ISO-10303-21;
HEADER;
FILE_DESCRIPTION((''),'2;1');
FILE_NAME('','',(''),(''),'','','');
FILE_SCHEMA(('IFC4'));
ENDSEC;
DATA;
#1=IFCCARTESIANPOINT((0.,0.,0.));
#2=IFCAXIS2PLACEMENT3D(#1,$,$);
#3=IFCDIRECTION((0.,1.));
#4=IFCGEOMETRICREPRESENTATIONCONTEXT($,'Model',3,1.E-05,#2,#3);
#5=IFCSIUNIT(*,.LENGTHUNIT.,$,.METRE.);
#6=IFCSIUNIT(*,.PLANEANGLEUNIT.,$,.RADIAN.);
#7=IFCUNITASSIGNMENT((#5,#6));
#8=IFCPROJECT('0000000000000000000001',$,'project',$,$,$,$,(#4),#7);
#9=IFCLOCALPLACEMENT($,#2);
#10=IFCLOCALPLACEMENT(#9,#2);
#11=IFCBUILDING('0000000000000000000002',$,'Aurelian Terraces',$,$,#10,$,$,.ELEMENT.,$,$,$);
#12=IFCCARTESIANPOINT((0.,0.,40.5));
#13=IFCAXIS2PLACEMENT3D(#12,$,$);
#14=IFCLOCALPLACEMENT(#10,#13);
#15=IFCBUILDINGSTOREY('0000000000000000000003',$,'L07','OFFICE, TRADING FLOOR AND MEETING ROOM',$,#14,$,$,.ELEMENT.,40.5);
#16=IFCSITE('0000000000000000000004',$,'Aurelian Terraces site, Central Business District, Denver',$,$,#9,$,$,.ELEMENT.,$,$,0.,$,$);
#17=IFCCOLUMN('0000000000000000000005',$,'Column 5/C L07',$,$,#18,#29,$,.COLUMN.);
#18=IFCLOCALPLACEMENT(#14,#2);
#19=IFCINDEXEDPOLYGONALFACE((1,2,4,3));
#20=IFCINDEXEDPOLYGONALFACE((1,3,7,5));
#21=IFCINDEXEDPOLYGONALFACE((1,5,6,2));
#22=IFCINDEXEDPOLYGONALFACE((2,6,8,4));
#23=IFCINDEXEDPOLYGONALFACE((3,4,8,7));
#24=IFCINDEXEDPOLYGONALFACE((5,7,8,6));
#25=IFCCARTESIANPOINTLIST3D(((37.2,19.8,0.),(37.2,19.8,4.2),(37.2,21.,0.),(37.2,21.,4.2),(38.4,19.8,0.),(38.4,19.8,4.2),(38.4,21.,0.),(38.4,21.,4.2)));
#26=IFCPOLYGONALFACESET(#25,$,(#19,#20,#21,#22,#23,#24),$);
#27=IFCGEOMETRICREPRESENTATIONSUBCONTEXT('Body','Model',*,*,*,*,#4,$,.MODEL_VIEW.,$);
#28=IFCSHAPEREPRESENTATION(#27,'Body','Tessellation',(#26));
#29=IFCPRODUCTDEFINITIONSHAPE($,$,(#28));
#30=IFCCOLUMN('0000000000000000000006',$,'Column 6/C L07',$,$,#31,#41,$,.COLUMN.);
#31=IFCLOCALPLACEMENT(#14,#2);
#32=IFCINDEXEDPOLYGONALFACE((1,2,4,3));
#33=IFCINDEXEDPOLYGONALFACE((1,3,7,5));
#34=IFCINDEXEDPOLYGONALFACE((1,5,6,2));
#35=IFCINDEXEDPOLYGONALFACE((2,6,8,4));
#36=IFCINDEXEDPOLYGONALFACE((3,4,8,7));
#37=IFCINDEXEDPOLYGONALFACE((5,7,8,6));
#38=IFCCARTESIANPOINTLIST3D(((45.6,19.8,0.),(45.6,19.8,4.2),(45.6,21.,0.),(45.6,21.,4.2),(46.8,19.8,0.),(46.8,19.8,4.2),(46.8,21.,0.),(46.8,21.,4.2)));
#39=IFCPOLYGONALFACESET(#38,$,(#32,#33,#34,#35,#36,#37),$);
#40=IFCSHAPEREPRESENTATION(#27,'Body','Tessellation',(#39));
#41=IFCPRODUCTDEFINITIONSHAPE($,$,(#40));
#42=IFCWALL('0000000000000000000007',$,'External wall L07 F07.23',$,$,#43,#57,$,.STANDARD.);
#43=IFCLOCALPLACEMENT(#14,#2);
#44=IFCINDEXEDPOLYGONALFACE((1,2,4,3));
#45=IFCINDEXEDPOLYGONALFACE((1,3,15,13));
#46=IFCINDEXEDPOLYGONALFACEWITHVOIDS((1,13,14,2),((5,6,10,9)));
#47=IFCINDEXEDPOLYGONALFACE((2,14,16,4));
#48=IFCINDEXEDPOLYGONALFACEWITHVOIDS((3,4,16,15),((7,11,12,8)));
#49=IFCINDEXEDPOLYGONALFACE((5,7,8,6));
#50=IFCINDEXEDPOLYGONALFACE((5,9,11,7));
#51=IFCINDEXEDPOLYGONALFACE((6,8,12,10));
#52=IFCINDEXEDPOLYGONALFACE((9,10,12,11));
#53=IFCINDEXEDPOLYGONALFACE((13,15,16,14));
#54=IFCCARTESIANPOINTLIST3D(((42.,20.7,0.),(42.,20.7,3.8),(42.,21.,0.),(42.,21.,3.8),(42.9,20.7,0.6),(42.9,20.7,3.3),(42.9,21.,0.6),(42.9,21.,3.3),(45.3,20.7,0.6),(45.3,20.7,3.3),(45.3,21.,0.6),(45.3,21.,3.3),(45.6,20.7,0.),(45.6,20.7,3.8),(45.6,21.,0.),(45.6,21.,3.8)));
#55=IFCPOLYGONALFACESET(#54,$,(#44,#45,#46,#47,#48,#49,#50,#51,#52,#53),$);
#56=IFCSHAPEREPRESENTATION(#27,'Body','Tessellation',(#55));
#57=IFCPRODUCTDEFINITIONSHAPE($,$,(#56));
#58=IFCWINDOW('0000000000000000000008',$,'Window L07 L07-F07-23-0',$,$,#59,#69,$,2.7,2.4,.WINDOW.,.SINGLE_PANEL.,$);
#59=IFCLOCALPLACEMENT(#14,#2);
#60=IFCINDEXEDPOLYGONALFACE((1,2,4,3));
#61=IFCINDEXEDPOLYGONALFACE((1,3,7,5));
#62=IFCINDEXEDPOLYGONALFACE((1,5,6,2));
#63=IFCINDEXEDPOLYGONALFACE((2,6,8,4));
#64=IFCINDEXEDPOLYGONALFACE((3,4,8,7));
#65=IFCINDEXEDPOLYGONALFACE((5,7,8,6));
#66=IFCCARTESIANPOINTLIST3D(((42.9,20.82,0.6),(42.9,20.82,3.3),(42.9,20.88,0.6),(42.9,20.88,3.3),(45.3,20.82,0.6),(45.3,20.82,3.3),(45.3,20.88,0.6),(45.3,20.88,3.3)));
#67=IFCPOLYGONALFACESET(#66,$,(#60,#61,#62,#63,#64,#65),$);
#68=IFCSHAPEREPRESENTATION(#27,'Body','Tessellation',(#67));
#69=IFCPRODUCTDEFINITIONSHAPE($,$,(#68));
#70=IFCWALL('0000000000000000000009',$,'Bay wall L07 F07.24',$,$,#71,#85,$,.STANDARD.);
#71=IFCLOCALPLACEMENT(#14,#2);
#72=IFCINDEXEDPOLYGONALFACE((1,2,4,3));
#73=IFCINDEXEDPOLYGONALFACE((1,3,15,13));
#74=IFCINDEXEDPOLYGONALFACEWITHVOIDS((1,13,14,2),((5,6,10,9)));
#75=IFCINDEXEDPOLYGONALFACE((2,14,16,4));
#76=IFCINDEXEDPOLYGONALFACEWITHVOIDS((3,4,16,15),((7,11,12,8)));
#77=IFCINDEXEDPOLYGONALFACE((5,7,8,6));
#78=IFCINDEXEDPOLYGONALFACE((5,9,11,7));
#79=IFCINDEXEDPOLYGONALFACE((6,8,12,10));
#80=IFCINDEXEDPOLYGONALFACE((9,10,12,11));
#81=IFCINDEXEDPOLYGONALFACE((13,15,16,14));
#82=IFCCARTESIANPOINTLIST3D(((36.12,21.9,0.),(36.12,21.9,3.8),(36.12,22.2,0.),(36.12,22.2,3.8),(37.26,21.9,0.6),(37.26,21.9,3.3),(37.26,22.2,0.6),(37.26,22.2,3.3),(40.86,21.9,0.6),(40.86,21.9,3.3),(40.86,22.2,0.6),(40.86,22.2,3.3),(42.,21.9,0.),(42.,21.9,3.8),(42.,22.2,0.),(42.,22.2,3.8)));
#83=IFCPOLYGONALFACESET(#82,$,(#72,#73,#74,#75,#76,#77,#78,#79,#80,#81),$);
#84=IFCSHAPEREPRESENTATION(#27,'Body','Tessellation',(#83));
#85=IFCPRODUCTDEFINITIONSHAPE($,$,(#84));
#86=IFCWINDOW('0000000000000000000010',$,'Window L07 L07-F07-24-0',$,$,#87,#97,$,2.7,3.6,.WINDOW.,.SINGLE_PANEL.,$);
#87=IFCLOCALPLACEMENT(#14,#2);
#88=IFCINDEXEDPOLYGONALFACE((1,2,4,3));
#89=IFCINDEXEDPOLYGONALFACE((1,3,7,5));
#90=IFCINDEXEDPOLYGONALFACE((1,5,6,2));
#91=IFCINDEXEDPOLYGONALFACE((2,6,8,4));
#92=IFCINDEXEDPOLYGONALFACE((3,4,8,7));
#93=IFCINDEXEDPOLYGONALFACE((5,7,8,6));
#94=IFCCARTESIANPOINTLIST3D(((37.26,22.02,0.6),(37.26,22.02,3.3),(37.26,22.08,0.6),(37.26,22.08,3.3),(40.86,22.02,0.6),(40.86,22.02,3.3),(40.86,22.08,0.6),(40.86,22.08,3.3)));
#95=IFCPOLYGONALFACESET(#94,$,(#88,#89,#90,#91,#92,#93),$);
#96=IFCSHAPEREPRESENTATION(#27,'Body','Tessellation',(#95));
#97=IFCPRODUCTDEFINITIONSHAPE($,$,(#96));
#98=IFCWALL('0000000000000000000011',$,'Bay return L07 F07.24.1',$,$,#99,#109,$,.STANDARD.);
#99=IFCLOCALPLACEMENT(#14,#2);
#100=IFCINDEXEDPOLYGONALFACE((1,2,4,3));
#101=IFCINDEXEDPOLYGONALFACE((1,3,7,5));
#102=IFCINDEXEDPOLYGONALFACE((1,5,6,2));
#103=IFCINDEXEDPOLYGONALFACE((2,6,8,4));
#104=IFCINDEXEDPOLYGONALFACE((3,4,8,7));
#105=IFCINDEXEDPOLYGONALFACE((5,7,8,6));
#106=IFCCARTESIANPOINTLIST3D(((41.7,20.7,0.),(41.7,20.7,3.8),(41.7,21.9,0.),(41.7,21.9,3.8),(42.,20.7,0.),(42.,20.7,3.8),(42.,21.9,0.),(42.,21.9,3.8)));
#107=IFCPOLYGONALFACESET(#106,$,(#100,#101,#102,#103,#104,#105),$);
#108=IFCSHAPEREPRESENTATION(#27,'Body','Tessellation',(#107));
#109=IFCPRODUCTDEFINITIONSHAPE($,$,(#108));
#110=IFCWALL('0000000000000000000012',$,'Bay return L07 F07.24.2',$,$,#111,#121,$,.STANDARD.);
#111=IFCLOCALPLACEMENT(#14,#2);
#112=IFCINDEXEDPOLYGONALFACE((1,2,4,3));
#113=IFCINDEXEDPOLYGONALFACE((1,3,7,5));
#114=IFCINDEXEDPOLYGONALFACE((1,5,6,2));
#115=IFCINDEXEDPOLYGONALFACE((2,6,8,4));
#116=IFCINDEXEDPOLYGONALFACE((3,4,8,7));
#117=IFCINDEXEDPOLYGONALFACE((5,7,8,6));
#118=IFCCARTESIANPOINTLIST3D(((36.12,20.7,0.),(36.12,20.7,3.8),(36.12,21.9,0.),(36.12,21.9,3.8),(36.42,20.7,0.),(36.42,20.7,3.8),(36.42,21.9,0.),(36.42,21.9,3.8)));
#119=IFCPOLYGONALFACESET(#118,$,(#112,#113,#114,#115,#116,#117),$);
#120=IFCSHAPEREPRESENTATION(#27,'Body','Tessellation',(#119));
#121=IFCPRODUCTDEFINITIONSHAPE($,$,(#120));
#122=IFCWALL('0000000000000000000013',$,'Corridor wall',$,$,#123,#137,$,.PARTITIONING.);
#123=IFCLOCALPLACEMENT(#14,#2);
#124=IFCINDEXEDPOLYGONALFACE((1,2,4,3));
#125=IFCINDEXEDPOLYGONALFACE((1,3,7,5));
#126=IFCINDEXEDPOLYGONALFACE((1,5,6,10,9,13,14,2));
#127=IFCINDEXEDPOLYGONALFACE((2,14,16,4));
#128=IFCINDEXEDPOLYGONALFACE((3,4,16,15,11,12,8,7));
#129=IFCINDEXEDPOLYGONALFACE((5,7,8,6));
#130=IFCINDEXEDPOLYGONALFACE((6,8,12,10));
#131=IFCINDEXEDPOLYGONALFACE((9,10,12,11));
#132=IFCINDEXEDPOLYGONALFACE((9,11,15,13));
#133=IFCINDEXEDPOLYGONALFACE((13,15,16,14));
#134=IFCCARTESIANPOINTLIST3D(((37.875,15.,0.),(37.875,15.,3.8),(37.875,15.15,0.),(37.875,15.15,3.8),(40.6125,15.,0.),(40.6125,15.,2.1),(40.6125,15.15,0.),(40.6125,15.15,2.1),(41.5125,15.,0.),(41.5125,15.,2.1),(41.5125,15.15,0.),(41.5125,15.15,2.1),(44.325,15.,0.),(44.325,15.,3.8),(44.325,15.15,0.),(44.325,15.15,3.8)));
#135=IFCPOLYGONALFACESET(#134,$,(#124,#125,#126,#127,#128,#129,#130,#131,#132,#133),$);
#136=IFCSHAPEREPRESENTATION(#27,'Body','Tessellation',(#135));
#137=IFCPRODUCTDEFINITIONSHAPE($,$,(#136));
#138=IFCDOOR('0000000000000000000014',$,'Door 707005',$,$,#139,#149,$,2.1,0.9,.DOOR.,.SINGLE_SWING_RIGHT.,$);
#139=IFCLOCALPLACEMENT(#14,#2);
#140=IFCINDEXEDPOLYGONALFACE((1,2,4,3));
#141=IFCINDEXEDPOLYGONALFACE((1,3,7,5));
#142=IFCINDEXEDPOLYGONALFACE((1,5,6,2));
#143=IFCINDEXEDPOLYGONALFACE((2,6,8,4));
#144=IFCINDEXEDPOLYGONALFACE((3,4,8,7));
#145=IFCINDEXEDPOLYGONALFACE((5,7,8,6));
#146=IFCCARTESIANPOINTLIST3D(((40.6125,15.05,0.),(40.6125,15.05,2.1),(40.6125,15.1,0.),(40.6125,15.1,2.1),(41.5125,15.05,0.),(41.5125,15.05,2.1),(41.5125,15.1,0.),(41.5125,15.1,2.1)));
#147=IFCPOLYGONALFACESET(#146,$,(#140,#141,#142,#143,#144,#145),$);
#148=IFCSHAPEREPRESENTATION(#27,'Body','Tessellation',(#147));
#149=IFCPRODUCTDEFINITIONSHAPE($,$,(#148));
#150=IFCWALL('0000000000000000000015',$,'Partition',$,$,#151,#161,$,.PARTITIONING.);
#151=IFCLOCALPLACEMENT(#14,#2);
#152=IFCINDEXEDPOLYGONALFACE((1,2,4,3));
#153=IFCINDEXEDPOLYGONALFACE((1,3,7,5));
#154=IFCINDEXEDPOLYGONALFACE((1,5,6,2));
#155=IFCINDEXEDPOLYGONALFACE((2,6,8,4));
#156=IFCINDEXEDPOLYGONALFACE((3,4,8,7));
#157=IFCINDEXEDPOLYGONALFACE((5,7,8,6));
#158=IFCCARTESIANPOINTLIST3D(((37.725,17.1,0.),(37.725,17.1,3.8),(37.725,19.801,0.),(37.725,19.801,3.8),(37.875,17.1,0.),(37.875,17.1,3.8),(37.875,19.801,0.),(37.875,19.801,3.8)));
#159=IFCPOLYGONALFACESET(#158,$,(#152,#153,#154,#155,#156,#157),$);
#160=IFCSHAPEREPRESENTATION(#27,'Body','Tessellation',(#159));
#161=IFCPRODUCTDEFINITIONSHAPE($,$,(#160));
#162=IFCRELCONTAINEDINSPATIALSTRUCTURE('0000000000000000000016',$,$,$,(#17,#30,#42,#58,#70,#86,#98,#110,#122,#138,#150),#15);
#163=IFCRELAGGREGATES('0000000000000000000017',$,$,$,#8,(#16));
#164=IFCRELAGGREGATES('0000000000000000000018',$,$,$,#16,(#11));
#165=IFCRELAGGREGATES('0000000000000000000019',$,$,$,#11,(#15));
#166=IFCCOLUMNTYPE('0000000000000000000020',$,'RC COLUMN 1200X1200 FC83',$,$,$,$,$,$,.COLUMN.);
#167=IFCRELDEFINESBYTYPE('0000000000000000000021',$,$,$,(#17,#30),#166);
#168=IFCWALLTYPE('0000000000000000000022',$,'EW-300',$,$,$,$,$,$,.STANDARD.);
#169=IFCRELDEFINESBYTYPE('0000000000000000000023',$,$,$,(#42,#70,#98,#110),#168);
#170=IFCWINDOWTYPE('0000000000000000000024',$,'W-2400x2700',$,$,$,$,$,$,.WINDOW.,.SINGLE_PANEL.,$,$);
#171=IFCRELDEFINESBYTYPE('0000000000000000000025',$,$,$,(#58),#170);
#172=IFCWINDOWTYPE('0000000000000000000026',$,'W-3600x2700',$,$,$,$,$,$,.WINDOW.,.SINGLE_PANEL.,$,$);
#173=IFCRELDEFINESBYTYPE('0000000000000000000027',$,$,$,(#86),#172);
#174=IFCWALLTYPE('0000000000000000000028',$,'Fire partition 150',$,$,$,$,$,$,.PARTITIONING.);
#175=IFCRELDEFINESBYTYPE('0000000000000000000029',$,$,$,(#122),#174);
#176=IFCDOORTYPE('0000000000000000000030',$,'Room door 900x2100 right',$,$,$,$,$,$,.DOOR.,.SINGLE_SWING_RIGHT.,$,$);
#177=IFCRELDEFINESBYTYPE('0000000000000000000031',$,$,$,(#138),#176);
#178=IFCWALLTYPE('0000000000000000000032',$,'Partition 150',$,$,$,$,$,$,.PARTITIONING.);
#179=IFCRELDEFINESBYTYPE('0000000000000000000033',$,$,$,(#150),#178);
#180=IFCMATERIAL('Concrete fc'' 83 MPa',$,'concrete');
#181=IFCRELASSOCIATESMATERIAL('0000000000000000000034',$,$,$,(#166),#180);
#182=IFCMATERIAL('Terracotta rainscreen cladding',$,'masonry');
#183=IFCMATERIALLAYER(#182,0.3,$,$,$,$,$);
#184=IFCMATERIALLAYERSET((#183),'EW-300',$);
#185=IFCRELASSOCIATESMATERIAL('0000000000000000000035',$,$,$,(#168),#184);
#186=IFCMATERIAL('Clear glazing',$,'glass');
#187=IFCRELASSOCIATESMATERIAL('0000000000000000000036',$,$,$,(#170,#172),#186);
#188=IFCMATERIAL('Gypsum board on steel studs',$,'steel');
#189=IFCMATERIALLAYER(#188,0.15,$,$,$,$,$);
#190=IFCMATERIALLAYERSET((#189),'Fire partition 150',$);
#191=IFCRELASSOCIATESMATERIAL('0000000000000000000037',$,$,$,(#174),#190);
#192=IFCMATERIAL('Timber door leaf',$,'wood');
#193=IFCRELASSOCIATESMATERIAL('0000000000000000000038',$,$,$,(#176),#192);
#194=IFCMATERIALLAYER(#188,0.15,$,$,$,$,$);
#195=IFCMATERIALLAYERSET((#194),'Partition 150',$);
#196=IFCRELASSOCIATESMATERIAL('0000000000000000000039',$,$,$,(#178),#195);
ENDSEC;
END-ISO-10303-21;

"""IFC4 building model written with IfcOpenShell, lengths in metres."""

from ifc_helpers import new_model, si_unit, direction, frame, frame_2d, origin, origin_2d, place, context, subcontext, project, spatial, rectangle, extrude, source, transform, mapped, material, layer, layer_set, material_profile, profile_set, type_object, element, fill, save


model = new_model("IFC4")

# Units and contexts
model_context = context("Model", 3, precision=1e-05, world=origin(), true_north=direction((0.0, 1.0)))
body_context = subcontext(model_context, "Body", "Model", "MODEL_VIEW")
ifc_project = project(units=[si_unit("LENGTHUNIT", "METRE"), si_unit("PLANEANGLEUNIT", "RADIAN")], contexts=[model_context])

# Site, building, storey
site_placement = place(None, origin())
site = spatial("IfcSite", under=ifc_project, at=site_placement, Name="Aurelian Terraces site, Central Business District, Denver", CompositionType="ELEMENT", RefElevation=0.0)
building_placement = place(site_placement, origin())
building = spatial("IfcBuilding", under=site, at=building_placement, Name="Aurelian Terraces", CompositionType="ELEMENT")
storey_placement = place(building_placement, frame((0.0, 0.0, 40.5)))
storey = spatial("IfcBuildingStorey", under=building, at=storey_placement, Name="L07", Description="OFFICE, TRADING FLOOR AND MEETING ROOM", CompositionType="ELEMENT", Elevation=40.5)

# Columns
ifc_material_1 = material(Name="Concrete fc' 83 MPa", Category="concrete")
ifc_material_profile = material_profile(ifc_material_1, rectangle(XDim=1.2, YDim=1.2, at=origin_2d()))
ifc_profile_set = profile_set([ifc_material_profile], Name="Concrete fc' 83 MPa")
column_type = type_object("IfcColumnType", Name="RC COLUMN 1200X1200 FC83", PredefinedType="COLUMN", material=ifc_profile_set)
shared_shape_1 = source(origin(), body_context, "Body", "SweptSolid", [
    extrude(rectangle(XDim=1.2, YDim=1.2, at=origin_2d()), origin(), (0.0, 0.0, 1.0), 4.2),
])
for number, where, z_axis, x_axis, name in (
    (1, (37.8, 20.4, 0.0), (0.0, 0.0, 1.0), (1.0, 0.0, 0.0), "Column 5/C L07"),
    (2, (46.2, 20.4, 0.0), (0.0, 0.0, 1.0), (1.0, 0.0, 0.0), "Column 6/C L07"),
):
    element("IfcColumn", number, at=place(storey_placement, frame(where, z_axis=z_axis, x_axis=x_axis)), inside=storey, type_object=column_type, Name=name, PredefinedType="COLUMN", context=body_context, shape_type="MappedRepresentation", body=[
        mapped(shared_shape_1, transform((0.0, 0.0, 0.0), scale=1.0)),
    ])

# Walls, openings, windows
ifc_material_2 = material(Name="Terracotta rainscreen cladding", Category="masonry")
ifc_layer_1 = layer(ifc_material_2, 0.3)
ifc_layer_set_1 = layer_set([ifc_layer_1], Name="EW-300")
wall_type_1 = type_object("IfcWallType", Name="EW-300", PredefinedType="STANDARD", material=ifc_layer_set_1)
wall_1_placement = place(storey_placement, frame((45.6, 20.85, 0.0), z_axis=(0.0, 0.0, 1.0), x_axis=(-1.0, 0.0, 0.0)))
wall_1 = element("IfcWall", 3, at=wall_1_placement, inside=storey, type_object=wall_type_1, Name="External wall L07 F07.23", PredefinedType="STANDARD", context=body_context, shape_type="SweptSolid", body=[
    extrude(rectangle(XDim=3.6, YDim=0.3, at=frame_2d((1.8, 0.0))), origin(), (0.0, 0.0, 1.0), 3.8),
])
shared_shape_2 = source(origin(), body_context, "Body", "SweptSolid", [
    extrude(rectangle(XDim=2.4, YDim=2.7, at=frame_2d((1.2, 1.35))), frame((0.0, 0.16, 0.0), z_axis=(0.0, -1.0, 0.0), x_axis=(1.0, 0.0, 0.0)), (0.0, 0.0, 1.0), 0.32),
])
opening_1_placement = place(wall_1_placement, frame((0.3, 0.0, 0.6)))
opening_1 = element("IfcOpeningElement", 4, at=opening_1_placement, cuts=wall_1, PredefinedType="OPENING", context=body_context, shape_type="MappedRepresentation", body=[
    mapped(shared_shape_2, transform((0.0, 0.0, 0.0), scale=1.0)),
])
ifc_material_3 = material(Name="Clear glazing", Category="glass")
window_type_1 = type_object("IfcWindowType", Name="W-2400x2700", PartitioningType="SINGLE_PANEL", PredefinedType="WINDOW", material=ifc_material_3)
shared_shape_3 = source(origin(), body_context, "Body", "SweptSolid", [
    extrude(rectangle(XDim=2.4, YDim=2.7, at=frame_2d((1.2, 1.35))), frame((0.0, 0.03, 0.0), z_axis=(0.0, -1.0, 0.0), x_axis=(1.0, 0.0, 0.0)), (0.0, 0.0, 1.0), 0.06),
])
window_1_placement = place(opening_1_placement, origin())
window_1 = element("IfcWindow", 5, at=window_1_placement, inside=storey, type_object=window_type_1, Name="Window L07 L07-F07-23-0", OverallHeight=2.7, OverallWidth=2.4, PartitioningType="SINGLE_PANEL", PredefinedType="WINDOW", context=body_context, shape_type="MappedRepresentation", body=[
    mapped(shared_shape_3, transform((0.0, 0.0, 0.0), scale=1.0)),
])
fill(opening_1, window_1)
wall_2_placement = place(storey_placement, frame((42.0, 22.05, 0.0), z_axis=(0.0, 0.0, 1.0), x_axis=(-1.0, 0.0, 0.0)))
wall_2 = element("IfcWall", 6, at=wall_2_placement, inside=storey, type_object=wall_type_1, Name="Bay wall L07 F07.24", PredefinedType="STANDARD", context=body_context, shape_type="SweptSolid", body=[
    extrude(rectangle(XDim=5.88, YDim=0.3, at=frame_2d((2.94, 0.0))), origin(), (0.0, 0.0, 1.0), 3.8),
])
shared_shape_4 = source(origin(), body_context, "Body", "SweptSolid", [
    extrude(rectangle(XDim=3.6, YDim=2.7, at=frame_2d((1.8, 1.35))), frame((0.0, 0.16, 0.0), z_axis=(0.0, -1.0, 0.0), x_axis=(1.0, 0.0, 0.0)), (0.0, 0.0, 1.0), 0.32),
])
opening_2_placement = place(wall_2_placement, frame((1.14, 0.0, 0.6)))
opening_2 = element("IfcOpeningElement", 7, at=opening_2_placement, cuts=wall_2, PredefinedType="OPENING", context=body_context, shape_type="MappedRepresentation", body=[
    mapped(shared_shape_4, transform((0.0, 0.0, 0.0), scale=1.0)),
])
window_type_2 = type_object("IfcWindowType", Name="W-3600x2700", PartitioningType="SINGLE_PANEL", PredefinedType="WINDOW", material=ifc_material_3)
shared_shape_5 = source(origin(), body_context, "Body", "SweptSolid", [
    extrude(rectangle(XDim=3.6, YDim=2.7, at=frame_2d((1.8, 1.35))), frame((0.0, 0.03, 0.0), z_axis=(0.0, -1.0, 0.0), x_axis=(1.0, 0.0, 0.0)), (0.0, 0.0, 1.0), 0.06),
])
window_2_placement = place(opening_2_placement, origin())
window_2 = element("IfcWindow", 8, at=window_2_placement, inside=storey, type_object=window_type_2, Name="Window L07 L07-F07-24-0", OverallHeight=2.7, OverallWidth=3.6, PartitioningType="SINGLE_PANEL", PredefinedType="WINDOW", context=body_context, shape_type="MappedRepresentation", body=[
    mapped(shared_shape_5, transform((0.0, 0.0, 0.0), scale=1.0)),
])
fill(opening_2, window_2)

# Walls
shared_shape_6 = source(origin(), body_context, "Body", "SweptSolid", [
    extrude(rectangle(XDim=1.2, YDim=0.3, at=frame_2d((0.6, 0.0))), origin(), (0.0, 0.0, 1.0), 3.8),
])
for number, where, z_axis, x_axis, name in (
    (9, (41.85, 20.7, 0.0), (0.0, 0.0, 1.0), (0.0, 1.0, 0.0), "Bay return L07 F07.24.1"),
    (10, (36.27, 20.7, 0.0), (0.0, 0.0, 1.0), (0.0, 1.0, 0.0), "Bay return L07 F07.24.2"),
):
    element("IfcWall", number, at=place(storey_placement, frame(where, z_axis=z_axis, x_axis=x_axis)), inside=storey, type_object=wall_type_1, Name=name, PredefinedType="STANDARD", context=body_context, shape_type="MappedRepresentation", body=[
        mapped(shared_shape_6, transform((0.0, 0.0, 0.0), scale=1.0)),
    ])

# Wall, opening, door
ifc_material_4 = material(Name="Gypsum board on steel studs", Category="steel")
ifc_layer_2 = layer(ifc_material_4, 0.15)
ifc_layer_set_2 = layer_set([ifc_layer_2], Name="Fire partition 150")
wall_type_2 = type_object("IfcWallType", Name="Fire partition 150", PredefinedType="PARTITIONING", material=ifc_layer_set_2)
shared_shape_7 = source(origin(), body_context, "Body", "SweptSolid", [
    extrude(rectangle(XDim=6.45, YDim=0.15, at=frame_2d((3.225, 0.0))), origin(), (0.0, 0.0, 1.0), 3.8),
])
wall_3_placement = place(storey_placement, frame((44.325, 15.075, 0.0), z_axis=(0.0, 0.0, 1.0), x_axis=(-1.0, 0.0, 0.0)))
wall_3 = element("IfcWall", 11, at=wall_3_placement, inside=storey, type_object=wall_type_2, Name="Corridor wall", PredefinedType="PARTITIONING", context=body_context, shape_type="MappedRepresentation", body=[
    mapped(shared_shape_7, transform((0.0, 0.0, 0.0), scale=1.0)),
])
shared_shape_8 = source(origin(), body_context, "Body", "SweptSolid", [
    extrude(rectangle(XDim=0.9, YDim=2.1, at=frame_2d((0.45, 1.05))), frame((0.0, 0.085, 0.0), z_axis=(0.0, -1.0, 0.0), x_axis=(1.0, 0.0, 0.0)), (0.0, 0.0, 1.0), 0.17),
])
opening_3_placement = place(wall_3_placement, frame((2.8125, 0.0, 0.0)))
opening_3 = element("IfcOpeningElement", 12, at=opening_3_placement, cuts=wall_3, PredefinedType="OPENING", context=body_context, shape_type="MappedRepresentation", body=[
    mapped(shared_shape_8, transform((0.0, 0.0, 0.0), scale=1.0)),
])
ifc_material_5 = material(Name="Timber door leaf", Category="wood")
door_type_1 = type_object("IfcDoorType", Name="Room door 900x2100 right", OperationType="SINGLE_SWING_RIGHT", PredefinedType="DOOR", material=ifc_material_5)
shared_shape_9 = source(origin(), body_context, "Body", "SweptSolid", [
    extrude(rectangle(XDim=0.9, YDim=2.1, at=frame_2d((0.45, 1.05))), frame((0.0, 0.025, 0.0), z_axis=(0.0, -1.0, 0.0), x_axis=(1.0, 0.0, 0.0)), (0.0, 0.0, 1.0), 0.05),
])
door_1_placement = place(opening_3_placement, origin())
door_1 = element("IfcDoor", 13, at=door_1_placement, inside=storey, type_object=door_type_1, Name="Door 707005", OperationType="SINGLE_SWING_RIGHT", OverallHeight=2.1, OverallWidth=0.9, PredefinedType="DOOR", context=body_context, shape_type="MappedRepresentation", body=[
    mapped(shared_shape_9, transform((0.0, 0.0, 0.0), scale=1.0)),
])
fill(opening_3, door_1)

# Wall
ifc_layer_3 = layer(ifc_material_4, 0.15)
ifc_layer_set_3 = layer_set([ifc_layer_3], Name="Partition 150")
wall_type_3 = type_object("IfcWallType", Name="Partition 150", PredefinedType="PARTITIONING", material=ifc_layer_set_3)
shared_shape_10 = source(origin(), body_context, "Body", "SweptSolid", [
    extrude(rectangle(XDim=2.701, YDim=0.15, at=frame_2d((1.3505, 0.0))), origin(), (0.0, 0.0, 1.0), 3.8),
])
for number, where, z_axis, x_axis, name in (
    (14, (37.8, 17.1, 0.0), (0.0, 0.0, 1.0), (0.0, 1.0, 0.0), "Partition"),
):
    element("IfcWall", number, at=place(storey_placement, frame(where, z_axis=z_axis, x_axis=x_axis)), inside=storey, type_object=wall_type_3, Name=name, PredefinedType="PARTITIONING", context=body_context, shape_type="MappedRepresentation", body=[
        mapped(shared_shape_10, transform((0.0, 0.0, 0.0), scale=1.0)),
    ])

save(model, "model.ifc")
